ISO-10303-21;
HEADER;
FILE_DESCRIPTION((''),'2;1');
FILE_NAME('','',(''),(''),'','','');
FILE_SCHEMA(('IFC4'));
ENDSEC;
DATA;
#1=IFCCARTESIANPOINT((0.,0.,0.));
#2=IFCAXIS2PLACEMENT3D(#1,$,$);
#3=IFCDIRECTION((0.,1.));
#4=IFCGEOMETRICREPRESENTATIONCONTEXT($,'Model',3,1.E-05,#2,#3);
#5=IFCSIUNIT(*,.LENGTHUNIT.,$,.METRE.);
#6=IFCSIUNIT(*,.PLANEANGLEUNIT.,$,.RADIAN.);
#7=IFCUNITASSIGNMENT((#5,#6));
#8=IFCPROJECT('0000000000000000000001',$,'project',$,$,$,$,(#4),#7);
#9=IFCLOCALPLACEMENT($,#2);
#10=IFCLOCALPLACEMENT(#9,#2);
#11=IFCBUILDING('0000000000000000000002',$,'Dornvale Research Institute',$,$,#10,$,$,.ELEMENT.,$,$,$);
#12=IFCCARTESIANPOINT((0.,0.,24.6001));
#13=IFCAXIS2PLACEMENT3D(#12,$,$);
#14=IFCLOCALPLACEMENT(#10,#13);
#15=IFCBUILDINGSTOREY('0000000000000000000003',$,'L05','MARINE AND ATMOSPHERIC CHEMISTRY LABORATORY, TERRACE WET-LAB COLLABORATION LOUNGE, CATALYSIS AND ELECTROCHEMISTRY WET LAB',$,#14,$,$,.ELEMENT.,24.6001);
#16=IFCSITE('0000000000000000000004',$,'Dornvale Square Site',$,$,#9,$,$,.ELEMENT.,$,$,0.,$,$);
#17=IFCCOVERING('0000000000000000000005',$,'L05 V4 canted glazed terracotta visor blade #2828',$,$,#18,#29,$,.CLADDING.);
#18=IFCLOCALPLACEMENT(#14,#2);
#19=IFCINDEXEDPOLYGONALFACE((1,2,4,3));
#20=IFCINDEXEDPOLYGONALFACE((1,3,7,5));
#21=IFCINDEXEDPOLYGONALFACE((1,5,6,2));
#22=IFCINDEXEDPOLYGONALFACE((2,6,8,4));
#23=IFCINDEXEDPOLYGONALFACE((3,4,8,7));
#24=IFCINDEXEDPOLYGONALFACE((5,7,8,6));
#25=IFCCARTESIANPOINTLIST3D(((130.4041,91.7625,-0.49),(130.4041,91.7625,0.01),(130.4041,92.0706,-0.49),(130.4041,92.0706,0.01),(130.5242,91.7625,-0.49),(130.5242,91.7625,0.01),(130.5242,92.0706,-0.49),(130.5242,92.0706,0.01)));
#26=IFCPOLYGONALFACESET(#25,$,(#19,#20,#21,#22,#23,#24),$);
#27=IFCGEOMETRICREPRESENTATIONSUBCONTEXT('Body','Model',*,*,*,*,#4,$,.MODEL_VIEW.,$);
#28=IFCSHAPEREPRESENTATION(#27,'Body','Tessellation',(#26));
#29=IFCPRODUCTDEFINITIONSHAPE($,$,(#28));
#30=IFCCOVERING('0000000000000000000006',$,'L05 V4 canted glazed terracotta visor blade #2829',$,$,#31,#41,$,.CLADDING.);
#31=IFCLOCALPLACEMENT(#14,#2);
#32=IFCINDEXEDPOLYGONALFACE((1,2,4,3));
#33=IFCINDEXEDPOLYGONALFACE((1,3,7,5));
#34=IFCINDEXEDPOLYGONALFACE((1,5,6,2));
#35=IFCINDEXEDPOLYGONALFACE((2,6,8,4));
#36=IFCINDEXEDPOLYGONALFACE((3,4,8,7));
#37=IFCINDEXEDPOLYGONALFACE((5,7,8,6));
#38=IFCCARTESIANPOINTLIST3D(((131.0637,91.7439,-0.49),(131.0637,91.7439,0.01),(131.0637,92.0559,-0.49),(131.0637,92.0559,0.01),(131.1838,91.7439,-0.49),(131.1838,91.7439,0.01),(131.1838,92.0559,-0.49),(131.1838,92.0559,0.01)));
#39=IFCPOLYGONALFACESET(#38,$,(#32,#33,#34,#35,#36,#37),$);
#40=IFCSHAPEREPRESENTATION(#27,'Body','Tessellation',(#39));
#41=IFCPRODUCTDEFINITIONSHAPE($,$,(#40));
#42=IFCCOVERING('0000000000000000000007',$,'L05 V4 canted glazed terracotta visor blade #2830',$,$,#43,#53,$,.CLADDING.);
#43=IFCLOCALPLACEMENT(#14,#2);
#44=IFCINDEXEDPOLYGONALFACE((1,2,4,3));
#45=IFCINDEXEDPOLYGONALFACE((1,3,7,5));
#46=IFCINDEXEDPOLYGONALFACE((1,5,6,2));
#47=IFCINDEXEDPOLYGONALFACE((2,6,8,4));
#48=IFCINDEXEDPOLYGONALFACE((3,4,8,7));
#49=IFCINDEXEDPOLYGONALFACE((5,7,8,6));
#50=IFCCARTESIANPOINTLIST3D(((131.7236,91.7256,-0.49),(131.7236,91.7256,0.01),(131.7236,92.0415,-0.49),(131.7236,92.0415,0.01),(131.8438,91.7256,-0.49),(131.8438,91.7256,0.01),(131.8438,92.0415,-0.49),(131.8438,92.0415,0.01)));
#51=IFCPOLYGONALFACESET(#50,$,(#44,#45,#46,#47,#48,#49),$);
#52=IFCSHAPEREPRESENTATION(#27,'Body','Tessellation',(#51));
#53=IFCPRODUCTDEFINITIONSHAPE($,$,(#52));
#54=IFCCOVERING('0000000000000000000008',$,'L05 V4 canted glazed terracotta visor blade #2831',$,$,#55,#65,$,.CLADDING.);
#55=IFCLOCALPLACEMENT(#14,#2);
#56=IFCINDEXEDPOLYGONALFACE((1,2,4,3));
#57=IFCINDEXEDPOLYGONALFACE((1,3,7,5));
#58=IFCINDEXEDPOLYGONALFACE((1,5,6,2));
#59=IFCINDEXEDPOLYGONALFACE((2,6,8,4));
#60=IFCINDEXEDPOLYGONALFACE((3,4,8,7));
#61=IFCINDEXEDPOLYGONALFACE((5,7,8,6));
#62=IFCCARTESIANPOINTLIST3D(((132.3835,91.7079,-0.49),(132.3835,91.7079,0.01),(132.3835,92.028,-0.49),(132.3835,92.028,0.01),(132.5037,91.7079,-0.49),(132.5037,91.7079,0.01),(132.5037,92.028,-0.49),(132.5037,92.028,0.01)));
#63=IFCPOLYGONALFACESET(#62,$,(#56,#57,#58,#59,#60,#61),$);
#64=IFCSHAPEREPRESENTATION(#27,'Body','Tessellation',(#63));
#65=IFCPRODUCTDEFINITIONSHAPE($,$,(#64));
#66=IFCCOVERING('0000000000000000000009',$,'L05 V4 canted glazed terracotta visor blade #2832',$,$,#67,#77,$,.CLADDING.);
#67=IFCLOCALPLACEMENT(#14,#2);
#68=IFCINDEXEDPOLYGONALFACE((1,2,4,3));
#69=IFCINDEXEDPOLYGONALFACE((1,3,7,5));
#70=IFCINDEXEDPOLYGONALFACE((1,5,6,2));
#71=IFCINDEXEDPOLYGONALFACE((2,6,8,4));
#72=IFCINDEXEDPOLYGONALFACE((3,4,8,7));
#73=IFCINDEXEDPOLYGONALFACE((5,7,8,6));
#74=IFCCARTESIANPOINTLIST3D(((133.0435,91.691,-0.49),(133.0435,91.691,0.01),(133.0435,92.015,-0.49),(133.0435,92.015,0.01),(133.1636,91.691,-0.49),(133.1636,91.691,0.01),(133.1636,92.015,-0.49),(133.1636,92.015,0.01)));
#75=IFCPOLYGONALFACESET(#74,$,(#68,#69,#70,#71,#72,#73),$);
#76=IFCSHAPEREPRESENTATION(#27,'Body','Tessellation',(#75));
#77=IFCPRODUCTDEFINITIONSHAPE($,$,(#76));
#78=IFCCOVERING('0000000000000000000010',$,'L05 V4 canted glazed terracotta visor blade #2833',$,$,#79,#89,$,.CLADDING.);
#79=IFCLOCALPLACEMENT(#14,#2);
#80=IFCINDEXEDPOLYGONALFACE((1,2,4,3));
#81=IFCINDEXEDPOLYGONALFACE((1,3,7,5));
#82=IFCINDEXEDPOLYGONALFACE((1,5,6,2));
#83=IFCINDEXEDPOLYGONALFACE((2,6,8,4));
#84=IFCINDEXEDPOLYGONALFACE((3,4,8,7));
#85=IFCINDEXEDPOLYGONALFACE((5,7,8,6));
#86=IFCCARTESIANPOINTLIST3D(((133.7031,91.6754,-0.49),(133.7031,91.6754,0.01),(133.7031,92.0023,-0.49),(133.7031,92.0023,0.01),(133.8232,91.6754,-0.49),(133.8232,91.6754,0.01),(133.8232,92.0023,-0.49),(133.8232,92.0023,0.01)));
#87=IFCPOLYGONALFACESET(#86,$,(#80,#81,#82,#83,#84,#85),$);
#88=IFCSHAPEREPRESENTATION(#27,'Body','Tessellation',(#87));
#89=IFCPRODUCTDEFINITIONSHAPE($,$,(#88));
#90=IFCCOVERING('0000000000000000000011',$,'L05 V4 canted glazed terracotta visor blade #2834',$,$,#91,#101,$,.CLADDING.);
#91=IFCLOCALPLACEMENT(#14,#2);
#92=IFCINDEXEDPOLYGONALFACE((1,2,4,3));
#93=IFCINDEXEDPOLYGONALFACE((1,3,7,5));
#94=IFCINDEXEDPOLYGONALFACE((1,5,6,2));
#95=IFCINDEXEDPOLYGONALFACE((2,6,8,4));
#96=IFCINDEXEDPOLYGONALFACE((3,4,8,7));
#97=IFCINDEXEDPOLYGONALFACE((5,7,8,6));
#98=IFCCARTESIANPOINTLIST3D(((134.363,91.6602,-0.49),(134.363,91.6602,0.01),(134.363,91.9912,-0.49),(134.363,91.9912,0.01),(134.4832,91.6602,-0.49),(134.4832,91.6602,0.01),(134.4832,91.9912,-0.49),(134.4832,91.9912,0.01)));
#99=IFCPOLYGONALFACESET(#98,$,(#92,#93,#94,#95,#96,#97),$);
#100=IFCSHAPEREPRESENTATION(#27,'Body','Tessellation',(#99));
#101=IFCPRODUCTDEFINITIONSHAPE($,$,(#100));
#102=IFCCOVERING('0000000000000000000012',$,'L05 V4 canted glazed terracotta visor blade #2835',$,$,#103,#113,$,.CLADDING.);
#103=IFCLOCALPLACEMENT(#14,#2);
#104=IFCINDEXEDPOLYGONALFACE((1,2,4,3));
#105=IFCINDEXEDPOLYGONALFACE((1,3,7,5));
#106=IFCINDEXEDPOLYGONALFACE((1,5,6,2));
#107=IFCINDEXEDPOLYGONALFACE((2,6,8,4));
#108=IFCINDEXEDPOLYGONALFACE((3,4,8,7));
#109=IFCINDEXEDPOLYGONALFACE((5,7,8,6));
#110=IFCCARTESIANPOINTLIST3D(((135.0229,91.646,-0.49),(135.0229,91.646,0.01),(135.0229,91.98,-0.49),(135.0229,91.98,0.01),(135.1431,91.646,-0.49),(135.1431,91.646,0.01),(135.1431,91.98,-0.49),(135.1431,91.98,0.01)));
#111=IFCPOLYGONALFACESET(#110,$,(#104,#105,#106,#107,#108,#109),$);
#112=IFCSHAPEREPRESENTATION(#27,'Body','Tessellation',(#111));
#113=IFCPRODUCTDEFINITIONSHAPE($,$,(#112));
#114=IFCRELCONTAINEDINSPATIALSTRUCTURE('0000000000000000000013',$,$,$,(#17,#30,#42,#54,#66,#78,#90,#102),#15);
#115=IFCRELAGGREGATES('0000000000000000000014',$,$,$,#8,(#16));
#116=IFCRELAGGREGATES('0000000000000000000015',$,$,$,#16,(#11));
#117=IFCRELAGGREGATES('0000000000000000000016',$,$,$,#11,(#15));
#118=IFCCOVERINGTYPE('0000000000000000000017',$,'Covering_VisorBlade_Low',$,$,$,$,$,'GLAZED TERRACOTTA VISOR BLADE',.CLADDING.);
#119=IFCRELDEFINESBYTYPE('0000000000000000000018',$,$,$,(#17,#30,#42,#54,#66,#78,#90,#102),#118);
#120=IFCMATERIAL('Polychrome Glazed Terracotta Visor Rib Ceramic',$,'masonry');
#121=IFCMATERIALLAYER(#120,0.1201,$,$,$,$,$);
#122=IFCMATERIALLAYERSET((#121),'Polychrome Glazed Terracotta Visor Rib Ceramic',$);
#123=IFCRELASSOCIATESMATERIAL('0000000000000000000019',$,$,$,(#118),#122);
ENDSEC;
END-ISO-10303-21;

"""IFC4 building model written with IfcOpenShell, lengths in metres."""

from ifc_helpers import new_model, si_unit, direction, frame, origin, origin_2d, place, context, subcontext, project, spatial, rectangle, extrude, material, layer, layer_set, type_object, element, save


model = new_model("IFC4")

# Units and contexts
model_context = context("Model", 3, precision=1e-05, world=origin(), true_north=direction((0.0, 1.0)))
body_context = subcontext(model_context, "Body", "Model", "MODEL_VIEW")
ifc_project = project(units=[si_unit("LENGTHUNIT", "METRE"), si_unit("PLANEANGLEUNIT", "RADIAN")], contexts=[model_context])

# Site, building, storey
site_placement = place(None, origin())
site = spatial("IfcSite", under=ifc_project, at=site_placement, Name="Dornvale Square Site", CompositionType="ELEMENT", RefElevation=0.0)
building_placement = place(site_placement, origin())
building = spatial("IfcBuilding", under=site, at=building_placement, Name="Dornvale Research Institute", CompositionType="ELEMENT")
storey_placement = place(building_placement, frame((0.0, 0.0, 24.6001)))
storey = spatial("IfcBuildingStorey", under=building, at=storey_placement, Name="L05", Description="MARINE AND ATMOSPHERIC CHEMISTRY LABORATORY, TERRACE WET-LAB COLLABORATION LOUNGE, CATALYSIS AND ELECTROCHEMISTRY WET LAB", CompositionType="ELEMENT", Elevation=24.6001)

# Coverings
ifc_material_1 = material(Name="Polychrome Glazed Terracotta Visor Rib Ceramic", Category="masonry")
ifc_layer_1 = layer(ifc_material_1, 0.1201)
ifc_layer_set_1 = layer_set([ifc_layer_1], Name="Polychrome Glazed Terracotta Visor Rib Ceramic")
covering_type = type_object("IfcCoveringType", Name="Covering_VisorBlade_Low", ElementType="GLAZED TERRACOTTA VISOR BLADE", PredefinedType="CLADDING", material=ifc_layer_set_1)
covering_1_placement = place(storey_placement, frame((130.4641, 91.9165, -0.49), z_axis=(0.0, 0.0, 1.0), x_axis=(0.0, 1.0, 0.0)))
element("IfcCovering", 1, at=covering_1_placement, inside=storey, type_object=covering_type, Name="L05 V4 canted glazed terracotta visor blade #2828", PredefinedType="CLADDING", context=body_context, shape_type="SweptSolid", body=[
    extrude(rectangle(XDim=0.3081, YDim=0.1201, at=origin_2d()), origin(), (0.0, 0.0, 1.0), 0.5),
])
covering_2_placement = place(storey_placement, frame((131.1238, 91.8999, -0.49), z_axis=(0.0, 0.0, 1.0), x_axis=(0.0, 1.0, 0.0)))
element("IfcCovering", 2, at=covering_2_placement, inside=storey, type_object=covering_type, Name="L05 V4 canted glazed terracotta visor blade #2829", PredefinedType="CLADDING", context=body_context, shape_type="SweptSolid", body=[
    extrude(rectangle(XDim=0.312, YDim=0.1201, at=origin_2d()), origin(), (0.0, 0.0, 1.0), 0.5),
])
covering_3_placement = place(storey_placement, frame((131.7837, 91.8835, -0.49), z_axis=(0.0, 0.0, 1.0), x_axis=(0.0, 1.0, 0.0)))
element("IfcCovering", 3, at=covering_3_placement, inside=storey, type_object=covering_type, Name="L05 V4 canted glazed terracotta visor blade #2830", PredefinedType="CLADDING", context=body_context, shape_type="SweptSolid", body=[
    extrude(rectangle(XDim=0.3159, YDim=0.1201, at=origin_2d()), origin(), (0.0, 0.0, 1.0), 0.5),
])
covering_4_placement = place(storey_placement, frame((132.4436, 91.8679, -0.49), z_axis=(0.0, 0.0, 1.0), x_axis=(0.0, 1.0, 0.0)))
element("IfcCovering", 4, at=covering_4_placement, inside=storey, type_object=covering_type, Name="L05 V4 canted glazed terracotta visor blade #2831", PredefinedType="CLADDING", context=body_context, shape_type="SweptSolid", body=[
    extrude(rectangle(XDim=0.3201, YDim=0.1201, at=origin_2d()), origin(), (0.0, 0.0, 1.0), 0.5),
])
covering_5_placement = place(storey_placement, frame((133.1035, 91.853, -0.49), z_axis=(0.0, 0.0, 1.0), x_axis=(0.0, 1.0, 0.0)))
element("IfcCovering", 5, at=covering_5_placement, inside=storey, type_object=covering_type, Name="L05 V4 canted glazed terracotta visor blade #2832", PredefinedType="CLADDING", context=body_context, shape_type="SweptSolid", body=[
    extrude(rectangle(XDim=0.324, YDim=0.1201, at=origin_2d()), origin(), (0.0, 0.0, 1.0), 0.5),
])
covering_6_placement = place(storey_placement, frame((133.7632, 91.8389, -0.49), z_axis=(0.0, 0.0, 1.0), x_axis=(0.0, 1.0, 0.0)))
element("IfcCovering", 6, at=covering_6_placement, inside=storey, type_object=covering_type, Name="L05 V4 canted glazed terracotta visor blade #2833", PredefinedType="CLADDING", context=body_context, shape_type="SweptSolid", body=[
    extrude(rectangle(XDim=0.3269, YDim=0.1201, at=origin_2d()), origin(), (0.0, 0.0, 1.0), 0.5),
])
covering_7_placement = place(storey_placement, frame((134.4231, 91.8257, -0.49), z_axis=(0.0, 0.0, 1.0), x_axis=(0.0, 1.0, 0.0)))
element("IfcCovering", 7, at=covering_7_placement, inside=storey, type_object=covering_type, Name="L05 V4 canted glazed terracotta visor blade #2834", PredefinedType="CLADDING", context=body_context, shape_type="SweptSolid", body=[
    extrude(rectangle(XDim=0.3311, YDim=0.1201, at=origin_2d()), origin(), (0.0, 0.0, 1.0), 0.5),
])
covering_8_placement = place(storey_placement, frame((135.083, 91.813, -0.49), z_axis=(0.0, 0.0, 1.0), x_axis=(0.0, 1.0, 0.0)))
element("IfcCovering", 8, at=covering_8_placement, inside=storey, type_object=covering_type, Name="L05 V4 canted glazed terracotta visor blade #2835", PredefinedType="CLADDING", context=body_context, shape_type="SweptSolid", body=[
    extrude(rectangle(XDim=0.334, YDim=0.1201, at=origin_2d()), origin(), (0.0, 0.0, 1.0), 0.5),
])

save(model, "model.ifc")
